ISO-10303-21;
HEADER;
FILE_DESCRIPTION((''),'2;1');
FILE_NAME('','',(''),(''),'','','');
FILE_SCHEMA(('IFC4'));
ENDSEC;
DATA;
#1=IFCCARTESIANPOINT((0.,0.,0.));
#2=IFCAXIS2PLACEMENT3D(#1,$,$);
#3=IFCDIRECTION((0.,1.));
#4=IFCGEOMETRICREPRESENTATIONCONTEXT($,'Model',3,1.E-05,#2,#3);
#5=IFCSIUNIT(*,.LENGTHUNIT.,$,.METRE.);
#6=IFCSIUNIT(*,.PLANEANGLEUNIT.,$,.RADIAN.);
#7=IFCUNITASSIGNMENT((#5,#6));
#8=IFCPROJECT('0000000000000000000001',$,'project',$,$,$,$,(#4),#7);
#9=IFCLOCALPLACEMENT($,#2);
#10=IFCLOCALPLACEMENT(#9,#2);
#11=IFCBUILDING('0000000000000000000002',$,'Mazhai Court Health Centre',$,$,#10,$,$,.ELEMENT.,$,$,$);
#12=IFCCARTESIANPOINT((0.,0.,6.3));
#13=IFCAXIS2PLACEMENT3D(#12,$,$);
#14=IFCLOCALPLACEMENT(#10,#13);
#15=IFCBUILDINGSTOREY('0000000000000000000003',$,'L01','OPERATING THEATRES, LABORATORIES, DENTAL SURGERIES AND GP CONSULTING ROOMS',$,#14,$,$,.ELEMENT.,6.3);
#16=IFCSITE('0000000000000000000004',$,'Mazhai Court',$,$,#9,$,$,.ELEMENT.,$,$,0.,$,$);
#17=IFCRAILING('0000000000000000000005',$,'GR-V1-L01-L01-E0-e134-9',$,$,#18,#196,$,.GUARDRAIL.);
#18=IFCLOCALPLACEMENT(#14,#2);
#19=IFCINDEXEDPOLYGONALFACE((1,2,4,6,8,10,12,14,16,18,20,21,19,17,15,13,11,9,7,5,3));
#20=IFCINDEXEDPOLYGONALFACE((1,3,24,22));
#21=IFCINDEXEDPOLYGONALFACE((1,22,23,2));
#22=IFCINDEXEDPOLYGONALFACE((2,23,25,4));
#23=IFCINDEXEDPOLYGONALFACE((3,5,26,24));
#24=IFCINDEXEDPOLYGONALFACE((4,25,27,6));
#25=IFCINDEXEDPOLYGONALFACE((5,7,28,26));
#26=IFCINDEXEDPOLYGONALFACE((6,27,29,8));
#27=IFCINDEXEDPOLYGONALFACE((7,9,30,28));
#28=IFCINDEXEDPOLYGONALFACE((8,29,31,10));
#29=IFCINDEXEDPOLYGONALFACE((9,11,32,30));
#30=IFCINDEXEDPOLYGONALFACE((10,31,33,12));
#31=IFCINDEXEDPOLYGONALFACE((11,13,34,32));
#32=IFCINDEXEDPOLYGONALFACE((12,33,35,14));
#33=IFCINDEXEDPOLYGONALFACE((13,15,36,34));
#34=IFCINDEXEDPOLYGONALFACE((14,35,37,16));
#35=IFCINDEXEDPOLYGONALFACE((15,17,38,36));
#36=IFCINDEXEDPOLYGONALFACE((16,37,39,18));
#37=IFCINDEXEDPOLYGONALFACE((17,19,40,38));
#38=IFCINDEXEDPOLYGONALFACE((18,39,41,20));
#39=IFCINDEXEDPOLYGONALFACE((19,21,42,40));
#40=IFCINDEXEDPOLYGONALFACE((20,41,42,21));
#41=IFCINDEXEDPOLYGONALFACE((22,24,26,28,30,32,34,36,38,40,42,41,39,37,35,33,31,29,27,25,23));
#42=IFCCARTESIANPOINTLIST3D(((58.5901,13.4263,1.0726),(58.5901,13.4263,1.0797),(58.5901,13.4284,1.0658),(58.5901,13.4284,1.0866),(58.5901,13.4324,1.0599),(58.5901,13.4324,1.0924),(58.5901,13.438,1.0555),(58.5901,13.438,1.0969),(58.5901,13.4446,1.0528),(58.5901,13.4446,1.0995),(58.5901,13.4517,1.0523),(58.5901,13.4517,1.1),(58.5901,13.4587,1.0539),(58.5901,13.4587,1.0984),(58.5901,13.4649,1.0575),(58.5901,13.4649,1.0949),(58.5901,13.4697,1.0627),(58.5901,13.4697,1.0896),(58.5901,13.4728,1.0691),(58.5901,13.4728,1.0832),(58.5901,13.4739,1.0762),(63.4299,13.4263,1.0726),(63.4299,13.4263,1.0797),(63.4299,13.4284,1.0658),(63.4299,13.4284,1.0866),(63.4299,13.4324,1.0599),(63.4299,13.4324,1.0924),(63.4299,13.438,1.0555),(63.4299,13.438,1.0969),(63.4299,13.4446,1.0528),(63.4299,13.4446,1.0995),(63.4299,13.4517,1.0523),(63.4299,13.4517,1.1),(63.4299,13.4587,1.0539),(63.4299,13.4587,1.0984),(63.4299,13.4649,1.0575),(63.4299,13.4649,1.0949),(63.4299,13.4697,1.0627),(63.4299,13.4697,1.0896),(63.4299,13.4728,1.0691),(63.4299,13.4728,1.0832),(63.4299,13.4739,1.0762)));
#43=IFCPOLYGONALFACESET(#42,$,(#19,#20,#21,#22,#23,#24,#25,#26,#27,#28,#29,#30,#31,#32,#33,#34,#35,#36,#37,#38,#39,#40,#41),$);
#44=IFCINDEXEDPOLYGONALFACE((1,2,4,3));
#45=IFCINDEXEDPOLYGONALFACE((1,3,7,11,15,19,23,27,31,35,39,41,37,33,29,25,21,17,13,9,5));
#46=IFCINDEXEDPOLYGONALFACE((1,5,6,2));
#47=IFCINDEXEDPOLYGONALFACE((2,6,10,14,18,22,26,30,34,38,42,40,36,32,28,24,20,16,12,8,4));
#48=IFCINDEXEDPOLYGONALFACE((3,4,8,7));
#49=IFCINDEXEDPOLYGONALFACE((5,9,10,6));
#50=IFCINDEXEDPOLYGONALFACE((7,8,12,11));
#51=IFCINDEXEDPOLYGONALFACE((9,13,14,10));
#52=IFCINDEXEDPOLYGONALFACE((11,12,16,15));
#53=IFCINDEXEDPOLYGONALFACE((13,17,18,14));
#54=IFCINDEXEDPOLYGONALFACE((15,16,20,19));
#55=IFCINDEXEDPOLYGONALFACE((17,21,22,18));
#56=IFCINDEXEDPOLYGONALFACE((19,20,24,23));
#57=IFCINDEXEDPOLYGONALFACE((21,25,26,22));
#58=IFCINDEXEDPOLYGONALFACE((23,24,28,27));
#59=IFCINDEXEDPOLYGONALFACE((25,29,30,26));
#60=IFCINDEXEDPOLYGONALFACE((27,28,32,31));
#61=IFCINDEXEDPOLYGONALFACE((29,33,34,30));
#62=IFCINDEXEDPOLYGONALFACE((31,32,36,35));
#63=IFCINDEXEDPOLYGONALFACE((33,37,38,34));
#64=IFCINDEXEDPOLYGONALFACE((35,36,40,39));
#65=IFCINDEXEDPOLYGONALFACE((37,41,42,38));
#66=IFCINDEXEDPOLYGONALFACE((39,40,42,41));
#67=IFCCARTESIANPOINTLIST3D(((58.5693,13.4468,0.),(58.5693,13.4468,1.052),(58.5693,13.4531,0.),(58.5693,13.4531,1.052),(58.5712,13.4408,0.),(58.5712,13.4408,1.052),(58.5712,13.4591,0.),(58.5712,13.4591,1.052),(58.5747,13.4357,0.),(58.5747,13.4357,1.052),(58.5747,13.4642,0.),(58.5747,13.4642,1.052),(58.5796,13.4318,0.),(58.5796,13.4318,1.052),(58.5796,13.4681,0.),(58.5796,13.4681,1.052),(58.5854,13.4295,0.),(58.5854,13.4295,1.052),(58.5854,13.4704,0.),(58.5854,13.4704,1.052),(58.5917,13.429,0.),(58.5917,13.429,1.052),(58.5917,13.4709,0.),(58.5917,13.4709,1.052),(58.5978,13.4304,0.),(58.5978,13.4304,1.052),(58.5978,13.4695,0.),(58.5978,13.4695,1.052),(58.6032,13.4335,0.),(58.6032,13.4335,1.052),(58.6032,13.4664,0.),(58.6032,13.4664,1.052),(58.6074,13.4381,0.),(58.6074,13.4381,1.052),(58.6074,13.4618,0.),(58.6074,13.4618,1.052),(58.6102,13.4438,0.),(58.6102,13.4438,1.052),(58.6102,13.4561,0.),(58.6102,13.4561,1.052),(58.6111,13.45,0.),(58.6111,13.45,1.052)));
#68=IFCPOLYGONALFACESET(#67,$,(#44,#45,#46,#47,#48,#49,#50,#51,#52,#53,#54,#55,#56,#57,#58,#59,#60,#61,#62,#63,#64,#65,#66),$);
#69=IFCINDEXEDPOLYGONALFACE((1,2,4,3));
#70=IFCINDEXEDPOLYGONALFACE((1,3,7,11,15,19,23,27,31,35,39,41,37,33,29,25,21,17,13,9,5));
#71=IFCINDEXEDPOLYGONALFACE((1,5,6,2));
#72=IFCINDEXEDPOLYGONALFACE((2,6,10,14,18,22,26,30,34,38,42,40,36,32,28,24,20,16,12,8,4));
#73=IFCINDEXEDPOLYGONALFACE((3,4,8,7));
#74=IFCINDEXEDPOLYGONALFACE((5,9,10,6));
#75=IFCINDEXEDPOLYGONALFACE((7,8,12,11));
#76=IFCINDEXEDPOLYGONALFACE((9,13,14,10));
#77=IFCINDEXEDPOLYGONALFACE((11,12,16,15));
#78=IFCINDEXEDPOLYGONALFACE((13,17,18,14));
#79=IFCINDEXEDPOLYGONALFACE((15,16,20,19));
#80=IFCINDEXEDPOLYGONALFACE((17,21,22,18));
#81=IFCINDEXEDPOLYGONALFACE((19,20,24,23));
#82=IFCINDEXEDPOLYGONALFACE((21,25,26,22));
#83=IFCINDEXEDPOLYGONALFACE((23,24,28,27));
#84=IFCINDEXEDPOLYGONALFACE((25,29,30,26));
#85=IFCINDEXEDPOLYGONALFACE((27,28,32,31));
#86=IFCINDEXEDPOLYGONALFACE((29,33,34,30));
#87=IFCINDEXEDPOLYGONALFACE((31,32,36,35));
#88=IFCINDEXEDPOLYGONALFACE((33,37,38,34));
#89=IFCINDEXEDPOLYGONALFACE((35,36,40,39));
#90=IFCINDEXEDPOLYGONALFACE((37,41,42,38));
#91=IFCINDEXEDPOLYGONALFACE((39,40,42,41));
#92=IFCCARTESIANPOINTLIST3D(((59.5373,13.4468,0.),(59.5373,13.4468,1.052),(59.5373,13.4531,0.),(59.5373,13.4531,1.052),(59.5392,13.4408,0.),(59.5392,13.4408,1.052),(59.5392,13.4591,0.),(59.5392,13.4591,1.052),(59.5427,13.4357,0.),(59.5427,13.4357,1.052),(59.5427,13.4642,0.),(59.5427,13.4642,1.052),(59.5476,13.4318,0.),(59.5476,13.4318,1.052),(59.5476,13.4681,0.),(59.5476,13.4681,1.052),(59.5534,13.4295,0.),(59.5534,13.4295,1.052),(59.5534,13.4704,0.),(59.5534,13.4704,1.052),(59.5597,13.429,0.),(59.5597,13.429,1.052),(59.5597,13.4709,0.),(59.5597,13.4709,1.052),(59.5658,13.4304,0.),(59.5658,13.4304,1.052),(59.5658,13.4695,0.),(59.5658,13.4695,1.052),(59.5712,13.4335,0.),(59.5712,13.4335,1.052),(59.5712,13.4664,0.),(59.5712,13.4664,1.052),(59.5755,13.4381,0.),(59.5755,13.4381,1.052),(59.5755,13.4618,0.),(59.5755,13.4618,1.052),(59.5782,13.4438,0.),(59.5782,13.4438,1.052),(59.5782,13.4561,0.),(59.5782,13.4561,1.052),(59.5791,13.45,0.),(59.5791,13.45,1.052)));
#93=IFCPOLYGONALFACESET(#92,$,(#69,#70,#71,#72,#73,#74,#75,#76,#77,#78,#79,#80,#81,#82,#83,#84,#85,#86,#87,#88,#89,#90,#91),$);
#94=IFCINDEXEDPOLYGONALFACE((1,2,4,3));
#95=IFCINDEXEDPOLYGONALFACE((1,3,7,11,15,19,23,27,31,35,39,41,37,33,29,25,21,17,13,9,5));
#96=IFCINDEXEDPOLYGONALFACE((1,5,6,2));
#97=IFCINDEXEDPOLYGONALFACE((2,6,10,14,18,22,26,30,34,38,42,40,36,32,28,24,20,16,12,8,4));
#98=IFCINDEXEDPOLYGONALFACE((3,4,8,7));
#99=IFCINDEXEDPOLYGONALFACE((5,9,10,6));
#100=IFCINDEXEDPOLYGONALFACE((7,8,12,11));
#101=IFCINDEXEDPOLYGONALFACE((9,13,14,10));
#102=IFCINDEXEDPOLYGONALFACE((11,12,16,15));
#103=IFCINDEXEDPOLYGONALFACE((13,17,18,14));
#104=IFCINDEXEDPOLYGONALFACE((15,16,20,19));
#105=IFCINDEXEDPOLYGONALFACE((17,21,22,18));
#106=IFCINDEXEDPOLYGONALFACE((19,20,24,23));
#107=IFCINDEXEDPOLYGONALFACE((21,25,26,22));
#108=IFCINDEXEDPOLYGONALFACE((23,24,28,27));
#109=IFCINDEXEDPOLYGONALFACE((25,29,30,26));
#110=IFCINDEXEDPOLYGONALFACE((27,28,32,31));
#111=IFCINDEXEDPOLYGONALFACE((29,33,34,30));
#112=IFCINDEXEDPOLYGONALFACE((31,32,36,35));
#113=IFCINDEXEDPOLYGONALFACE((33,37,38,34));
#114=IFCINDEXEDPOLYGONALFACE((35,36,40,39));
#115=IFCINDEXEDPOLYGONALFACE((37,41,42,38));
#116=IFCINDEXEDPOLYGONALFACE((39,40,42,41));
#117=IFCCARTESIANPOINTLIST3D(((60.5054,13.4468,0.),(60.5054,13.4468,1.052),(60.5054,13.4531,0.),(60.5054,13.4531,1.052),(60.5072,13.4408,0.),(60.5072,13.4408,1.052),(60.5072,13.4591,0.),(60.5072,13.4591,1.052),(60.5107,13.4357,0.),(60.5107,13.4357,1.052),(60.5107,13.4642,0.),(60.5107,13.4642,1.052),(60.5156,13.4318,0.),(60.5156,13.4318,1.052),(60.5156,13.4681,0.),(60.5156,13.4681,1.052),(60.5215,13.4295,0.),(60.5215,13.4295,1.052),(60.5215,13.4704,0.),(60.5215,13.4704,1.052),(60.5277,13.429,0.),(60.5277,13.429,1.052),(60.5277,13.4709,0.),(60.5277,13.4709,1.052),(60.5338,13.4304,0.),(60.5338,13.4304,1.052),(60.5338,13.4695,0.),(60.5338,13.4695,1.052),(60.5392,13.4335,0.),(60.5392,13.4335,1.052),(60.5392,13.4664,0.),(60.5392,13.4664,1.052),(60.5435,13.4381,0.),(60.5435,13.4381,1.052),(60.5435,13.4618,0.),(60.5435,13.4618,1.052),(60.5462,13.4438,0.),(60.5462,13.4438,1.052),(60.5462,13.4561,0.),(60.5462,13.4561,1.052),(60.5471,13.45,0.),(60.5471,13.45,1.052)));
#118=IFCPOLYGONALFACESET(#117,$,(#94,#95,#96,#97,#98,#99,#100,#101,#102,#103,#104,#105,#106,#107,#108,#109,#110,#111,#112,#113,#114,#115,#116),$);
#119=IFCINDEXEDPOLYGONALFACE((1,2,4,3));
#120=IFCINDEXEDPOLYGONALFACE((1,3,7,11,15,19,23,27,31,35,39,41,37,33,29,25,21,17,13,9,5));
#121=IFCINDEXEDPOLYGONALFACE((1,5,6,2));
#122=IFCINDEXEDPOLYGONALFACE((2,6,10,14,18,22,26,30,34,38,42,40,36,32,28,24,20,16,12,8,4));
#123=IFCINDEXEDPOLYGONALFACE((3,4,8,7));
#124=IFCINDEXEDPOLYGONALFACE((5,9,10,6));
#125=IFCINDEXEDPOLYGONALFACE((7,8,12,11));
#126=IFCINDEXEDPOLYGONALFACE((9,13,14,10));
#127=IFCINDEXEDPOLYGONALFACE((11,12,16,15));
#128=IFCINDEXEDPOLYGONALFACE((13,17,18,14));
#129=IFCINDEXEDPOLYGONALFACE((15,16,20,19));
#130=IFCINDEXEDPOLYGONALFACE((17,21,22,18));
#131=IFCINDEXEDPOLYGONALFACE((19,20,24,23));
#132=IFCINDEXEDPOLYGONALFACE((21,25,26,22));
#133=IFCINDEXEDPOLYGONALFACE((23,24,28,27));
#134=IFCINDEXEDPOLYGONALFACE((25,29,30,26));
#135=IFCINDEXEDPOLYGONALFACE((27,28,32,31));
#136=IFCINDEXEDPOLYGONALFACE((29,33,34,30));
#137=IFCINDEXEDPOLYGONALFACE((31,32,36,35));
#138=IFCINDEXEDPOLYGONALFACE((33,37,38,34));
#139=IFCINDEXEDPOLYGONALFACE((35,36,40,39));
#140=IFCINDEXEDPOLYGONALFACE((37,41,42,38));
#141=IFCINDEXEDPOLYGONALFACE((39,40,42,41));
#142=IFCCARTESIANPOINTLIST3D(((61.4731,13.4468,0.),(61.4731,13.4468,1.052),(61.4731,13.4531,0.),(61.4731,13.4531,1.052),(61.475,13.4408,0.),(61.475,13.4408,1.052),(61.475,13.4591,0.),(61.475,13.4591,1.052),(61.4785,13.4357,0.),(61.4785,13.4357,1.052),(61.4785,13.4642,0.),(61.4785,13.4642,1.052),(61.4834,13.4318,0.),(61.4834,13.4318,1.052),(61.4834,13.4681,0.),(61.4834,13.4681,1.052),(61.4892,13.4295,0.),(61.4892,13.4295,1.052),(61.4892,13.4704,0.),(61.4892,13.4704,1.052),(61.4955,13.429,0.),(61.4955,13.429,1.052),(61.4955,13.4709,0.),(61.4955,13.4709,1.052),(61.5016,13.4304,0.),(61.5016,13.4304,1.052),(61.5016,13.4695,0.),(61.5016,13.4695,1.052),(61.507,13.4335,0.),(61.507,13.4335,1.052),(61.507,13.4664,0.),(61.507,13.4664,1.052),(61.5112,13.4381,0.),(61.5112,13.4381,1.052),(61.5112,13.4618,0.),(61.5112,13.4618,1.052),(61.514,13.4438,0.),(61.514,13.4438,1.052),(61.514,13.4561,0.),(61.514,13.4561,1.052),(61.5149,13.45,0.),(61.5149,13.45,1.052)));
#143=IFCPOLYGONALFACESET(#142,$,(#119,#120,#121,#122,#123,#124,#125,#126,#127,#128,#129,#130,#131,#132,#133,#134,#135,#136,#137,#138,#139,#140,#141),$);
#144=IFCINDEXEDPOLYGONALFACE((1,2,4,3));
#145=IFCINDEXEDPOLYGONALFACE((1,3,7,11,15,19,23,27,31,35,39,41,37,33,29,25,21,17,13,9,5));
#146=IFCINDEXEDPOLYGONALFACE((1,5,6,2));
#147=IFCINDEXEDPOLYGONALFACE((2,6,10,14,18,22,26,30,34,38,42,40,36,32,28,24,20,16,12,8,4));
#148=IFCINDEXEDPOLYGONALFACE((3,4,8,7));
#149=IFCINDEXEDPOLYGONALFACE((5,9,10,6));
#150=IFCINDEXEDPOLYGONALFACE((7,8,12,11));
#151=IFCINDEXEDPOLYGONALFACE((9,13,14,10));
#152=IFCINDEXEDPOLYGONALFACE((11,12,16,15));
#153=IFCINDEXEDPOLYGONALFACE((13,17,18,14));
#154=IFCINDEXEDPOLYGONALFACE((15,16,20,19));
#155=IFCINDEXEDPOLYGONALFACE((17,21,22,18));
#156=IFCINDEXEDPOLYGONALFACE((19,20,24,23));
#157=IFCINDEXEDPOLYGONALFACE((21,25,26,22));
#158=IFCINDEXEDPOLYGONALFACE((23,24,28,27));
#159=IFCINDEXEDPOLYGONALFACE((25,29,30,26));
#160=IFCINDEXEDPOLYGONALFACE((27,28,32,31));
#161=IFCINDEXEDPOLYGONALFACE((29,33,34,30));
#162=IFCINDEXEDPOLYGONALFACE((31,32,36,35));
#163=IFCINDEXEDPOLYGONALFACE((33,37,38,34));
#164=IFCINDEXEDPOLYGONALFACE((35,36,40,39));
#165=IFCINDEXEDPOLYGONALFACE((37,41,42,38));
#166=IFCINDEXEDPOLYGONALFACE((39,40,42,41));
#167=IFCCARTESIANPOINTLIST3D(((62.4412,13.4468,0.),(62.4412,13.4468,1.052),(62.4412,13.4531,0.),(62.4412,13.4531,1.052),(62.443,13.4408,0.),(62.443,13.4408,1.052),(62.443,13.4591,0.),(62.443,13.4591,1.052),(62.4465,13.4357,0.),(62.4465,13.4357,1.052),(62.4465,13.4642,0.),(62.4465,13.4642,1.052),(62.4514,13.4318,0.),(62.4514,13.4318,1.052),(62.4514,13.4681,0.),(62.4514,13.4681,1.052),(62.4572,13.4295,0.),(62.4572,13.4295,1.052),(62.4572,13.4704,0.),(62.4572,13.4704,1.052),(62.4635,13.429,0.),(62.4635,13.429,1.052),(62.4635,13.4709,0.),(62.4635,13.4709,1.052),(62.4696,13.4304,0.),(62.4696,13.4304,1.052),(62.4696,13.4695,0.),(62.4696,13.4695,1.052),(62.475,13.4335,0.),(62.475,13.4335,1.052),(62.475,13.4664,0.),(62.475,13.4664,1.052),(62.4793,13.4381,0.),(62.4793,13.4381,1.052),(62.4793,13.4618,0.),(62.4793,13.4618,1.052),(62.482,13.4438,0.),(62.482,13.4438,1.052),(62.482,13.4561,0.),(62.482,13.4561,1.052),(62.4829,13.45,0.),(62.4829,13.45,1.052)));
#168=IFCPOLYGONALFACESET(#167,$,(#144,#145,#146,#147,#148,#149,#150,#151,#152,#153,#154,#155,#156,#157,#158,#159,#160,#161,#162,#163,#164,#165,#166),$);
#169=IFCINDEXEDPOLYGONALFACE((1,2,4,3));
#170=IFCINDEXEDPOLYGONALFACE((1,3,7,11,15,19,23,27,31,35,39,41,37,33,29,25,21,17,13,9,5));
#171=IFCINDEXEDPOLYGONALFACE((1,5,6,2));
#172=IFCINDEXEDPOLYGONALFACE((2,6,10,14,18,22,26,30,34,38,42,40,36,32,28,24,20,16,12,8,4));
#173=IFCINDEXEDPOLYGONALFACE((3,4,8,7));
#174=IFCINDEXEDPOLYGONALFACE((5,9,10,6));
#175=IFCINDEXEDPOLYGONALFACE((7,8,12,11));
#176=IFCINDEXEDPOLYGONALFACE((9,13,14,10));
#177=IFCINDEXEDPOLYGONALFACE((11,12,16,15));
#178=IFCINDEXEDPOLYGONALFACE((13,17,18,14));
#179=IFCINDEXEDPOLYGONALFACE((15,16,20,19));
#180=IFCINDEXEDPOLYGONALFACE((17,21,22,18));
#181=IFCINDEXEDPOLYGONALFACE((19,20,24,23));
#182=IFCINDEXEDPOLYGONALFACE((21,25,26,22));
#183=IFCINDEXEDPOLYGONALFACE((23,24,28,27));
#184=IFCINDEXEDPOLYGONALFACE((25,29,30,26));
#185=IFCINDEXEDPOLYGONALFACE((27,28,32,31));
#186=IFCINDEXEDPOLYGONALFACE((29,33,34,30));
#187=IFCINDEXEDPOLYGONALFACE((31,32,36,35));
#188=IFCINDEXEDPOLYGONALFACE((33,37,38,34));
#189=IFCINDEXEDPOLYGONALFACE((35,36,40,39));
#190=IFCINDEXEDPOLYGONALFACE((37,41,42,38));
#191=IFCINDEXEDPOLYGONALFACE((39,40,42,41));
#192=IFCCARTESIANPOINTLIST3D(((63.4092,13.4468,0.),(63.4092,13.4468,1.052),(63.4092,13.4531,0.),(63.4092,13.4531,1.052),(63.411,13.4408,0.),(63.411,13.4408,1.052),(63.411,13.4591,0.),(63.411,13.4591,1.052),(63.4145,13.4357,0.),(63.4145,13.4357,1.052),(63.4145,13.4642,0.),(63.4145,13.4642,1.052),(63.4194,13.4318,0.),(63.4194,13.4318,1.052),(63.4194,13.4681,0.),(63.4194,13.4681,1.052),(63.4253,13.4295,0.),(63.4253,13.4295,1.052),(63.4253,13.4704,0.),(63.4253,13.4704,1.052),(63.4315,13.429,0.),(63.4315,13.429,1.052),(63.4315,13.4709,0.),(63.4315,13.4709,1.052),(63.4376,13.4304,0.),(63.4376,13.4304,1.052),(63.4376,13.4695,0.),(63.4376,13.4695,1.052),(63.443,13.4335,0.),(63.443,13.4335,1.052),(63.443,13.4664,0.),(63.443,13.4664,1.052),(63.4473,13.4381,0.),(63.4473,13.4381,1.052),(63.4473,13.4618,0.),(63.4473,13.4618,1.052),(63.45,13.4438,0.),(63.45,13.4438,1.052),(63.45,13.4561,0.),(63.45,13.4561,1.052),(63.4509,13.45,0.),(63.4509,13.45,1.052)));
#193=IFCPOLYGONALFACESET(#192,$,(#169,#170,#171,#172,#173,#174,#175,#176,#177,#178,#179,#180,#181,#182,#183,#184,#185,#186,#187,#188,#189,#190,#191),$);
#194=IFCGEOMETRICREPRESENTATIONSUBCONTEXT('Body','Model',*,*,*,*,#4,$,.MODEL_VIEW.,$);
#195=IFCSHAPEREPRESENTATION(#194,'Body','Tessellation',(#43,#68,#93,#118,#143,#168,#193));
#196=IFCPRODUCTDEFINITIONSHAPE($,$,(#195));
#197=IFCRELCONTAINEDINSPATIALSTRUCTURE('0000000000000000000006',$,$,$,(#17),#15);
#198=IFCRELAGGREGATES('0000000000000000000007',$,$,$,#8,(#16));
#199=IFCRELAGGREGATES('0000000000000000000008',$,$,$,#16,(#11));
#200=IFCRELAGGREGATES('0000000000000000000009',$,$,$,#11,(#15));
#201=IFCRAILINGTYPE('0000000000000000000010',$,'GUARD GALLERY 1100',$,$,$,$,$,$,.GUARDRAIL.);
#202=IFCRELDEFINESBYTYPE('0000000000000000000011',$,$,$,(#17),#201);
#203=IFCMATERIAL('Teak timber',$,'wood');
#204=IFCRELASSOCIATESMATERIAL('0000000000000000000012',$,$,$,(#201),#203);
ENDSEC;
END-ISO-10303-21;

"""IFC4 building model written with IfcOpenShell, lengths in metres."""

from ifc_helpers import new_model, si_unit, direction, frame, origin, origin_2d, place, context, subcontext, project, spatial, circle, extrude, material, type_object, element, save


model = new_model("IFC4")

# Units and contexts
model_context = context("Model", 3, precision=1e-05, world=origin(), true_north=direction((0.0, 1.0)))
body_context = subcontext(model_context, "Body", "Model", "MODEL_VIEW")
ifc_project = project(units=[si_unit("LENGTHUNIT", "METRE"), si_unit("PLANEANGLEUNIT", "RADIAN")], contexts=[model_context])

# Site, building, storey
site_placement = place(None, origin())
site = spatial("IfcSite", under=ifc_project, at=site_placement, Name="Mazhai Court", CompositionType="ELEMENT", RefElevation=0.0)
building_placement = place(site_placement, origin())
building = spatial("IfcBuilding", under=site, at=building_placement, Name="Mazhai Court Health Centre", CompositionType="ELEMENT")
storey_placement = place(building_placement, frame((0.0, 0.0, 6.3)))
storey = spatial("IfcBuildingStorey", under=building, at=storey_placement, Name="L01", Description="OPERATING THEATRES, LABORATORIES, DENTAL SURGERIES AND GP CONSULTING ROOMS", CompositionType="ELEMENT", Elevation=6.3)

# Railing
ifc_material_1 = material(Name="Teak timber", Category="wood")
railing_type_1 = type_object("IfcRailingType", Name="GUARD GALLERY 1100", PredefinedType="GUARDRAIL", material=ifc_material_1)
railing_1_placement = place(storey_placement, frame((58.5901, 13.45, 0.0)))
element("IfcRailing", 1, at=railing_1_placement, inside=storey, type_object=railing_type_1, Name="GR-V1-L01-L01-E0-e134-9", PredefinedType="GUARDRAIL", context=body_context, shape_type="SweptSolid", body=[
    extrude(circle(Radius=0.0239, at=origin_2d()), frame((0.0, 0.0, 1.0762), z_axis=(1.0, 0.0, 0.0), x_axis=(0.0, 1.0, 0.0)), (0.0, 0.0, 1.0), 4.8398),
    extrude(circle(Radius=0.021, at=origin_2d()), origin(), (0.0, 0.0, 1.0), 1.052),
    extrude(circle(Radius=0.021, at=origin_2d()), frame((0.968, 0.0, 0.0)), (0.0, 0.0, 1.0), 1.052),
    extrude(circle(Radius=0.021, at=origin_2d()), frame((1.936, 0.0, 0.0)), (0.0, 0.0, 1.0), 1.052),
    extrude(circle(Radius=0.021, at=origin_2d()), frame((2.9038, 0.0, 0.0)), (0.0, 0.0, 1.0), 1.052),
    extrude(circle(Radius=0.021, at=origin_2d()), frame((3.8718, 0.0, 0.0)), (0.0, 0.0, 1.0), 1.052),
    extrude(circle(Radius=0.021, at=origin_2d()), frame((4.8398, 0.0, 0.0)), (0.0, 0.0, 1.0), 1.052),
])

save(model, "model.ifc")
